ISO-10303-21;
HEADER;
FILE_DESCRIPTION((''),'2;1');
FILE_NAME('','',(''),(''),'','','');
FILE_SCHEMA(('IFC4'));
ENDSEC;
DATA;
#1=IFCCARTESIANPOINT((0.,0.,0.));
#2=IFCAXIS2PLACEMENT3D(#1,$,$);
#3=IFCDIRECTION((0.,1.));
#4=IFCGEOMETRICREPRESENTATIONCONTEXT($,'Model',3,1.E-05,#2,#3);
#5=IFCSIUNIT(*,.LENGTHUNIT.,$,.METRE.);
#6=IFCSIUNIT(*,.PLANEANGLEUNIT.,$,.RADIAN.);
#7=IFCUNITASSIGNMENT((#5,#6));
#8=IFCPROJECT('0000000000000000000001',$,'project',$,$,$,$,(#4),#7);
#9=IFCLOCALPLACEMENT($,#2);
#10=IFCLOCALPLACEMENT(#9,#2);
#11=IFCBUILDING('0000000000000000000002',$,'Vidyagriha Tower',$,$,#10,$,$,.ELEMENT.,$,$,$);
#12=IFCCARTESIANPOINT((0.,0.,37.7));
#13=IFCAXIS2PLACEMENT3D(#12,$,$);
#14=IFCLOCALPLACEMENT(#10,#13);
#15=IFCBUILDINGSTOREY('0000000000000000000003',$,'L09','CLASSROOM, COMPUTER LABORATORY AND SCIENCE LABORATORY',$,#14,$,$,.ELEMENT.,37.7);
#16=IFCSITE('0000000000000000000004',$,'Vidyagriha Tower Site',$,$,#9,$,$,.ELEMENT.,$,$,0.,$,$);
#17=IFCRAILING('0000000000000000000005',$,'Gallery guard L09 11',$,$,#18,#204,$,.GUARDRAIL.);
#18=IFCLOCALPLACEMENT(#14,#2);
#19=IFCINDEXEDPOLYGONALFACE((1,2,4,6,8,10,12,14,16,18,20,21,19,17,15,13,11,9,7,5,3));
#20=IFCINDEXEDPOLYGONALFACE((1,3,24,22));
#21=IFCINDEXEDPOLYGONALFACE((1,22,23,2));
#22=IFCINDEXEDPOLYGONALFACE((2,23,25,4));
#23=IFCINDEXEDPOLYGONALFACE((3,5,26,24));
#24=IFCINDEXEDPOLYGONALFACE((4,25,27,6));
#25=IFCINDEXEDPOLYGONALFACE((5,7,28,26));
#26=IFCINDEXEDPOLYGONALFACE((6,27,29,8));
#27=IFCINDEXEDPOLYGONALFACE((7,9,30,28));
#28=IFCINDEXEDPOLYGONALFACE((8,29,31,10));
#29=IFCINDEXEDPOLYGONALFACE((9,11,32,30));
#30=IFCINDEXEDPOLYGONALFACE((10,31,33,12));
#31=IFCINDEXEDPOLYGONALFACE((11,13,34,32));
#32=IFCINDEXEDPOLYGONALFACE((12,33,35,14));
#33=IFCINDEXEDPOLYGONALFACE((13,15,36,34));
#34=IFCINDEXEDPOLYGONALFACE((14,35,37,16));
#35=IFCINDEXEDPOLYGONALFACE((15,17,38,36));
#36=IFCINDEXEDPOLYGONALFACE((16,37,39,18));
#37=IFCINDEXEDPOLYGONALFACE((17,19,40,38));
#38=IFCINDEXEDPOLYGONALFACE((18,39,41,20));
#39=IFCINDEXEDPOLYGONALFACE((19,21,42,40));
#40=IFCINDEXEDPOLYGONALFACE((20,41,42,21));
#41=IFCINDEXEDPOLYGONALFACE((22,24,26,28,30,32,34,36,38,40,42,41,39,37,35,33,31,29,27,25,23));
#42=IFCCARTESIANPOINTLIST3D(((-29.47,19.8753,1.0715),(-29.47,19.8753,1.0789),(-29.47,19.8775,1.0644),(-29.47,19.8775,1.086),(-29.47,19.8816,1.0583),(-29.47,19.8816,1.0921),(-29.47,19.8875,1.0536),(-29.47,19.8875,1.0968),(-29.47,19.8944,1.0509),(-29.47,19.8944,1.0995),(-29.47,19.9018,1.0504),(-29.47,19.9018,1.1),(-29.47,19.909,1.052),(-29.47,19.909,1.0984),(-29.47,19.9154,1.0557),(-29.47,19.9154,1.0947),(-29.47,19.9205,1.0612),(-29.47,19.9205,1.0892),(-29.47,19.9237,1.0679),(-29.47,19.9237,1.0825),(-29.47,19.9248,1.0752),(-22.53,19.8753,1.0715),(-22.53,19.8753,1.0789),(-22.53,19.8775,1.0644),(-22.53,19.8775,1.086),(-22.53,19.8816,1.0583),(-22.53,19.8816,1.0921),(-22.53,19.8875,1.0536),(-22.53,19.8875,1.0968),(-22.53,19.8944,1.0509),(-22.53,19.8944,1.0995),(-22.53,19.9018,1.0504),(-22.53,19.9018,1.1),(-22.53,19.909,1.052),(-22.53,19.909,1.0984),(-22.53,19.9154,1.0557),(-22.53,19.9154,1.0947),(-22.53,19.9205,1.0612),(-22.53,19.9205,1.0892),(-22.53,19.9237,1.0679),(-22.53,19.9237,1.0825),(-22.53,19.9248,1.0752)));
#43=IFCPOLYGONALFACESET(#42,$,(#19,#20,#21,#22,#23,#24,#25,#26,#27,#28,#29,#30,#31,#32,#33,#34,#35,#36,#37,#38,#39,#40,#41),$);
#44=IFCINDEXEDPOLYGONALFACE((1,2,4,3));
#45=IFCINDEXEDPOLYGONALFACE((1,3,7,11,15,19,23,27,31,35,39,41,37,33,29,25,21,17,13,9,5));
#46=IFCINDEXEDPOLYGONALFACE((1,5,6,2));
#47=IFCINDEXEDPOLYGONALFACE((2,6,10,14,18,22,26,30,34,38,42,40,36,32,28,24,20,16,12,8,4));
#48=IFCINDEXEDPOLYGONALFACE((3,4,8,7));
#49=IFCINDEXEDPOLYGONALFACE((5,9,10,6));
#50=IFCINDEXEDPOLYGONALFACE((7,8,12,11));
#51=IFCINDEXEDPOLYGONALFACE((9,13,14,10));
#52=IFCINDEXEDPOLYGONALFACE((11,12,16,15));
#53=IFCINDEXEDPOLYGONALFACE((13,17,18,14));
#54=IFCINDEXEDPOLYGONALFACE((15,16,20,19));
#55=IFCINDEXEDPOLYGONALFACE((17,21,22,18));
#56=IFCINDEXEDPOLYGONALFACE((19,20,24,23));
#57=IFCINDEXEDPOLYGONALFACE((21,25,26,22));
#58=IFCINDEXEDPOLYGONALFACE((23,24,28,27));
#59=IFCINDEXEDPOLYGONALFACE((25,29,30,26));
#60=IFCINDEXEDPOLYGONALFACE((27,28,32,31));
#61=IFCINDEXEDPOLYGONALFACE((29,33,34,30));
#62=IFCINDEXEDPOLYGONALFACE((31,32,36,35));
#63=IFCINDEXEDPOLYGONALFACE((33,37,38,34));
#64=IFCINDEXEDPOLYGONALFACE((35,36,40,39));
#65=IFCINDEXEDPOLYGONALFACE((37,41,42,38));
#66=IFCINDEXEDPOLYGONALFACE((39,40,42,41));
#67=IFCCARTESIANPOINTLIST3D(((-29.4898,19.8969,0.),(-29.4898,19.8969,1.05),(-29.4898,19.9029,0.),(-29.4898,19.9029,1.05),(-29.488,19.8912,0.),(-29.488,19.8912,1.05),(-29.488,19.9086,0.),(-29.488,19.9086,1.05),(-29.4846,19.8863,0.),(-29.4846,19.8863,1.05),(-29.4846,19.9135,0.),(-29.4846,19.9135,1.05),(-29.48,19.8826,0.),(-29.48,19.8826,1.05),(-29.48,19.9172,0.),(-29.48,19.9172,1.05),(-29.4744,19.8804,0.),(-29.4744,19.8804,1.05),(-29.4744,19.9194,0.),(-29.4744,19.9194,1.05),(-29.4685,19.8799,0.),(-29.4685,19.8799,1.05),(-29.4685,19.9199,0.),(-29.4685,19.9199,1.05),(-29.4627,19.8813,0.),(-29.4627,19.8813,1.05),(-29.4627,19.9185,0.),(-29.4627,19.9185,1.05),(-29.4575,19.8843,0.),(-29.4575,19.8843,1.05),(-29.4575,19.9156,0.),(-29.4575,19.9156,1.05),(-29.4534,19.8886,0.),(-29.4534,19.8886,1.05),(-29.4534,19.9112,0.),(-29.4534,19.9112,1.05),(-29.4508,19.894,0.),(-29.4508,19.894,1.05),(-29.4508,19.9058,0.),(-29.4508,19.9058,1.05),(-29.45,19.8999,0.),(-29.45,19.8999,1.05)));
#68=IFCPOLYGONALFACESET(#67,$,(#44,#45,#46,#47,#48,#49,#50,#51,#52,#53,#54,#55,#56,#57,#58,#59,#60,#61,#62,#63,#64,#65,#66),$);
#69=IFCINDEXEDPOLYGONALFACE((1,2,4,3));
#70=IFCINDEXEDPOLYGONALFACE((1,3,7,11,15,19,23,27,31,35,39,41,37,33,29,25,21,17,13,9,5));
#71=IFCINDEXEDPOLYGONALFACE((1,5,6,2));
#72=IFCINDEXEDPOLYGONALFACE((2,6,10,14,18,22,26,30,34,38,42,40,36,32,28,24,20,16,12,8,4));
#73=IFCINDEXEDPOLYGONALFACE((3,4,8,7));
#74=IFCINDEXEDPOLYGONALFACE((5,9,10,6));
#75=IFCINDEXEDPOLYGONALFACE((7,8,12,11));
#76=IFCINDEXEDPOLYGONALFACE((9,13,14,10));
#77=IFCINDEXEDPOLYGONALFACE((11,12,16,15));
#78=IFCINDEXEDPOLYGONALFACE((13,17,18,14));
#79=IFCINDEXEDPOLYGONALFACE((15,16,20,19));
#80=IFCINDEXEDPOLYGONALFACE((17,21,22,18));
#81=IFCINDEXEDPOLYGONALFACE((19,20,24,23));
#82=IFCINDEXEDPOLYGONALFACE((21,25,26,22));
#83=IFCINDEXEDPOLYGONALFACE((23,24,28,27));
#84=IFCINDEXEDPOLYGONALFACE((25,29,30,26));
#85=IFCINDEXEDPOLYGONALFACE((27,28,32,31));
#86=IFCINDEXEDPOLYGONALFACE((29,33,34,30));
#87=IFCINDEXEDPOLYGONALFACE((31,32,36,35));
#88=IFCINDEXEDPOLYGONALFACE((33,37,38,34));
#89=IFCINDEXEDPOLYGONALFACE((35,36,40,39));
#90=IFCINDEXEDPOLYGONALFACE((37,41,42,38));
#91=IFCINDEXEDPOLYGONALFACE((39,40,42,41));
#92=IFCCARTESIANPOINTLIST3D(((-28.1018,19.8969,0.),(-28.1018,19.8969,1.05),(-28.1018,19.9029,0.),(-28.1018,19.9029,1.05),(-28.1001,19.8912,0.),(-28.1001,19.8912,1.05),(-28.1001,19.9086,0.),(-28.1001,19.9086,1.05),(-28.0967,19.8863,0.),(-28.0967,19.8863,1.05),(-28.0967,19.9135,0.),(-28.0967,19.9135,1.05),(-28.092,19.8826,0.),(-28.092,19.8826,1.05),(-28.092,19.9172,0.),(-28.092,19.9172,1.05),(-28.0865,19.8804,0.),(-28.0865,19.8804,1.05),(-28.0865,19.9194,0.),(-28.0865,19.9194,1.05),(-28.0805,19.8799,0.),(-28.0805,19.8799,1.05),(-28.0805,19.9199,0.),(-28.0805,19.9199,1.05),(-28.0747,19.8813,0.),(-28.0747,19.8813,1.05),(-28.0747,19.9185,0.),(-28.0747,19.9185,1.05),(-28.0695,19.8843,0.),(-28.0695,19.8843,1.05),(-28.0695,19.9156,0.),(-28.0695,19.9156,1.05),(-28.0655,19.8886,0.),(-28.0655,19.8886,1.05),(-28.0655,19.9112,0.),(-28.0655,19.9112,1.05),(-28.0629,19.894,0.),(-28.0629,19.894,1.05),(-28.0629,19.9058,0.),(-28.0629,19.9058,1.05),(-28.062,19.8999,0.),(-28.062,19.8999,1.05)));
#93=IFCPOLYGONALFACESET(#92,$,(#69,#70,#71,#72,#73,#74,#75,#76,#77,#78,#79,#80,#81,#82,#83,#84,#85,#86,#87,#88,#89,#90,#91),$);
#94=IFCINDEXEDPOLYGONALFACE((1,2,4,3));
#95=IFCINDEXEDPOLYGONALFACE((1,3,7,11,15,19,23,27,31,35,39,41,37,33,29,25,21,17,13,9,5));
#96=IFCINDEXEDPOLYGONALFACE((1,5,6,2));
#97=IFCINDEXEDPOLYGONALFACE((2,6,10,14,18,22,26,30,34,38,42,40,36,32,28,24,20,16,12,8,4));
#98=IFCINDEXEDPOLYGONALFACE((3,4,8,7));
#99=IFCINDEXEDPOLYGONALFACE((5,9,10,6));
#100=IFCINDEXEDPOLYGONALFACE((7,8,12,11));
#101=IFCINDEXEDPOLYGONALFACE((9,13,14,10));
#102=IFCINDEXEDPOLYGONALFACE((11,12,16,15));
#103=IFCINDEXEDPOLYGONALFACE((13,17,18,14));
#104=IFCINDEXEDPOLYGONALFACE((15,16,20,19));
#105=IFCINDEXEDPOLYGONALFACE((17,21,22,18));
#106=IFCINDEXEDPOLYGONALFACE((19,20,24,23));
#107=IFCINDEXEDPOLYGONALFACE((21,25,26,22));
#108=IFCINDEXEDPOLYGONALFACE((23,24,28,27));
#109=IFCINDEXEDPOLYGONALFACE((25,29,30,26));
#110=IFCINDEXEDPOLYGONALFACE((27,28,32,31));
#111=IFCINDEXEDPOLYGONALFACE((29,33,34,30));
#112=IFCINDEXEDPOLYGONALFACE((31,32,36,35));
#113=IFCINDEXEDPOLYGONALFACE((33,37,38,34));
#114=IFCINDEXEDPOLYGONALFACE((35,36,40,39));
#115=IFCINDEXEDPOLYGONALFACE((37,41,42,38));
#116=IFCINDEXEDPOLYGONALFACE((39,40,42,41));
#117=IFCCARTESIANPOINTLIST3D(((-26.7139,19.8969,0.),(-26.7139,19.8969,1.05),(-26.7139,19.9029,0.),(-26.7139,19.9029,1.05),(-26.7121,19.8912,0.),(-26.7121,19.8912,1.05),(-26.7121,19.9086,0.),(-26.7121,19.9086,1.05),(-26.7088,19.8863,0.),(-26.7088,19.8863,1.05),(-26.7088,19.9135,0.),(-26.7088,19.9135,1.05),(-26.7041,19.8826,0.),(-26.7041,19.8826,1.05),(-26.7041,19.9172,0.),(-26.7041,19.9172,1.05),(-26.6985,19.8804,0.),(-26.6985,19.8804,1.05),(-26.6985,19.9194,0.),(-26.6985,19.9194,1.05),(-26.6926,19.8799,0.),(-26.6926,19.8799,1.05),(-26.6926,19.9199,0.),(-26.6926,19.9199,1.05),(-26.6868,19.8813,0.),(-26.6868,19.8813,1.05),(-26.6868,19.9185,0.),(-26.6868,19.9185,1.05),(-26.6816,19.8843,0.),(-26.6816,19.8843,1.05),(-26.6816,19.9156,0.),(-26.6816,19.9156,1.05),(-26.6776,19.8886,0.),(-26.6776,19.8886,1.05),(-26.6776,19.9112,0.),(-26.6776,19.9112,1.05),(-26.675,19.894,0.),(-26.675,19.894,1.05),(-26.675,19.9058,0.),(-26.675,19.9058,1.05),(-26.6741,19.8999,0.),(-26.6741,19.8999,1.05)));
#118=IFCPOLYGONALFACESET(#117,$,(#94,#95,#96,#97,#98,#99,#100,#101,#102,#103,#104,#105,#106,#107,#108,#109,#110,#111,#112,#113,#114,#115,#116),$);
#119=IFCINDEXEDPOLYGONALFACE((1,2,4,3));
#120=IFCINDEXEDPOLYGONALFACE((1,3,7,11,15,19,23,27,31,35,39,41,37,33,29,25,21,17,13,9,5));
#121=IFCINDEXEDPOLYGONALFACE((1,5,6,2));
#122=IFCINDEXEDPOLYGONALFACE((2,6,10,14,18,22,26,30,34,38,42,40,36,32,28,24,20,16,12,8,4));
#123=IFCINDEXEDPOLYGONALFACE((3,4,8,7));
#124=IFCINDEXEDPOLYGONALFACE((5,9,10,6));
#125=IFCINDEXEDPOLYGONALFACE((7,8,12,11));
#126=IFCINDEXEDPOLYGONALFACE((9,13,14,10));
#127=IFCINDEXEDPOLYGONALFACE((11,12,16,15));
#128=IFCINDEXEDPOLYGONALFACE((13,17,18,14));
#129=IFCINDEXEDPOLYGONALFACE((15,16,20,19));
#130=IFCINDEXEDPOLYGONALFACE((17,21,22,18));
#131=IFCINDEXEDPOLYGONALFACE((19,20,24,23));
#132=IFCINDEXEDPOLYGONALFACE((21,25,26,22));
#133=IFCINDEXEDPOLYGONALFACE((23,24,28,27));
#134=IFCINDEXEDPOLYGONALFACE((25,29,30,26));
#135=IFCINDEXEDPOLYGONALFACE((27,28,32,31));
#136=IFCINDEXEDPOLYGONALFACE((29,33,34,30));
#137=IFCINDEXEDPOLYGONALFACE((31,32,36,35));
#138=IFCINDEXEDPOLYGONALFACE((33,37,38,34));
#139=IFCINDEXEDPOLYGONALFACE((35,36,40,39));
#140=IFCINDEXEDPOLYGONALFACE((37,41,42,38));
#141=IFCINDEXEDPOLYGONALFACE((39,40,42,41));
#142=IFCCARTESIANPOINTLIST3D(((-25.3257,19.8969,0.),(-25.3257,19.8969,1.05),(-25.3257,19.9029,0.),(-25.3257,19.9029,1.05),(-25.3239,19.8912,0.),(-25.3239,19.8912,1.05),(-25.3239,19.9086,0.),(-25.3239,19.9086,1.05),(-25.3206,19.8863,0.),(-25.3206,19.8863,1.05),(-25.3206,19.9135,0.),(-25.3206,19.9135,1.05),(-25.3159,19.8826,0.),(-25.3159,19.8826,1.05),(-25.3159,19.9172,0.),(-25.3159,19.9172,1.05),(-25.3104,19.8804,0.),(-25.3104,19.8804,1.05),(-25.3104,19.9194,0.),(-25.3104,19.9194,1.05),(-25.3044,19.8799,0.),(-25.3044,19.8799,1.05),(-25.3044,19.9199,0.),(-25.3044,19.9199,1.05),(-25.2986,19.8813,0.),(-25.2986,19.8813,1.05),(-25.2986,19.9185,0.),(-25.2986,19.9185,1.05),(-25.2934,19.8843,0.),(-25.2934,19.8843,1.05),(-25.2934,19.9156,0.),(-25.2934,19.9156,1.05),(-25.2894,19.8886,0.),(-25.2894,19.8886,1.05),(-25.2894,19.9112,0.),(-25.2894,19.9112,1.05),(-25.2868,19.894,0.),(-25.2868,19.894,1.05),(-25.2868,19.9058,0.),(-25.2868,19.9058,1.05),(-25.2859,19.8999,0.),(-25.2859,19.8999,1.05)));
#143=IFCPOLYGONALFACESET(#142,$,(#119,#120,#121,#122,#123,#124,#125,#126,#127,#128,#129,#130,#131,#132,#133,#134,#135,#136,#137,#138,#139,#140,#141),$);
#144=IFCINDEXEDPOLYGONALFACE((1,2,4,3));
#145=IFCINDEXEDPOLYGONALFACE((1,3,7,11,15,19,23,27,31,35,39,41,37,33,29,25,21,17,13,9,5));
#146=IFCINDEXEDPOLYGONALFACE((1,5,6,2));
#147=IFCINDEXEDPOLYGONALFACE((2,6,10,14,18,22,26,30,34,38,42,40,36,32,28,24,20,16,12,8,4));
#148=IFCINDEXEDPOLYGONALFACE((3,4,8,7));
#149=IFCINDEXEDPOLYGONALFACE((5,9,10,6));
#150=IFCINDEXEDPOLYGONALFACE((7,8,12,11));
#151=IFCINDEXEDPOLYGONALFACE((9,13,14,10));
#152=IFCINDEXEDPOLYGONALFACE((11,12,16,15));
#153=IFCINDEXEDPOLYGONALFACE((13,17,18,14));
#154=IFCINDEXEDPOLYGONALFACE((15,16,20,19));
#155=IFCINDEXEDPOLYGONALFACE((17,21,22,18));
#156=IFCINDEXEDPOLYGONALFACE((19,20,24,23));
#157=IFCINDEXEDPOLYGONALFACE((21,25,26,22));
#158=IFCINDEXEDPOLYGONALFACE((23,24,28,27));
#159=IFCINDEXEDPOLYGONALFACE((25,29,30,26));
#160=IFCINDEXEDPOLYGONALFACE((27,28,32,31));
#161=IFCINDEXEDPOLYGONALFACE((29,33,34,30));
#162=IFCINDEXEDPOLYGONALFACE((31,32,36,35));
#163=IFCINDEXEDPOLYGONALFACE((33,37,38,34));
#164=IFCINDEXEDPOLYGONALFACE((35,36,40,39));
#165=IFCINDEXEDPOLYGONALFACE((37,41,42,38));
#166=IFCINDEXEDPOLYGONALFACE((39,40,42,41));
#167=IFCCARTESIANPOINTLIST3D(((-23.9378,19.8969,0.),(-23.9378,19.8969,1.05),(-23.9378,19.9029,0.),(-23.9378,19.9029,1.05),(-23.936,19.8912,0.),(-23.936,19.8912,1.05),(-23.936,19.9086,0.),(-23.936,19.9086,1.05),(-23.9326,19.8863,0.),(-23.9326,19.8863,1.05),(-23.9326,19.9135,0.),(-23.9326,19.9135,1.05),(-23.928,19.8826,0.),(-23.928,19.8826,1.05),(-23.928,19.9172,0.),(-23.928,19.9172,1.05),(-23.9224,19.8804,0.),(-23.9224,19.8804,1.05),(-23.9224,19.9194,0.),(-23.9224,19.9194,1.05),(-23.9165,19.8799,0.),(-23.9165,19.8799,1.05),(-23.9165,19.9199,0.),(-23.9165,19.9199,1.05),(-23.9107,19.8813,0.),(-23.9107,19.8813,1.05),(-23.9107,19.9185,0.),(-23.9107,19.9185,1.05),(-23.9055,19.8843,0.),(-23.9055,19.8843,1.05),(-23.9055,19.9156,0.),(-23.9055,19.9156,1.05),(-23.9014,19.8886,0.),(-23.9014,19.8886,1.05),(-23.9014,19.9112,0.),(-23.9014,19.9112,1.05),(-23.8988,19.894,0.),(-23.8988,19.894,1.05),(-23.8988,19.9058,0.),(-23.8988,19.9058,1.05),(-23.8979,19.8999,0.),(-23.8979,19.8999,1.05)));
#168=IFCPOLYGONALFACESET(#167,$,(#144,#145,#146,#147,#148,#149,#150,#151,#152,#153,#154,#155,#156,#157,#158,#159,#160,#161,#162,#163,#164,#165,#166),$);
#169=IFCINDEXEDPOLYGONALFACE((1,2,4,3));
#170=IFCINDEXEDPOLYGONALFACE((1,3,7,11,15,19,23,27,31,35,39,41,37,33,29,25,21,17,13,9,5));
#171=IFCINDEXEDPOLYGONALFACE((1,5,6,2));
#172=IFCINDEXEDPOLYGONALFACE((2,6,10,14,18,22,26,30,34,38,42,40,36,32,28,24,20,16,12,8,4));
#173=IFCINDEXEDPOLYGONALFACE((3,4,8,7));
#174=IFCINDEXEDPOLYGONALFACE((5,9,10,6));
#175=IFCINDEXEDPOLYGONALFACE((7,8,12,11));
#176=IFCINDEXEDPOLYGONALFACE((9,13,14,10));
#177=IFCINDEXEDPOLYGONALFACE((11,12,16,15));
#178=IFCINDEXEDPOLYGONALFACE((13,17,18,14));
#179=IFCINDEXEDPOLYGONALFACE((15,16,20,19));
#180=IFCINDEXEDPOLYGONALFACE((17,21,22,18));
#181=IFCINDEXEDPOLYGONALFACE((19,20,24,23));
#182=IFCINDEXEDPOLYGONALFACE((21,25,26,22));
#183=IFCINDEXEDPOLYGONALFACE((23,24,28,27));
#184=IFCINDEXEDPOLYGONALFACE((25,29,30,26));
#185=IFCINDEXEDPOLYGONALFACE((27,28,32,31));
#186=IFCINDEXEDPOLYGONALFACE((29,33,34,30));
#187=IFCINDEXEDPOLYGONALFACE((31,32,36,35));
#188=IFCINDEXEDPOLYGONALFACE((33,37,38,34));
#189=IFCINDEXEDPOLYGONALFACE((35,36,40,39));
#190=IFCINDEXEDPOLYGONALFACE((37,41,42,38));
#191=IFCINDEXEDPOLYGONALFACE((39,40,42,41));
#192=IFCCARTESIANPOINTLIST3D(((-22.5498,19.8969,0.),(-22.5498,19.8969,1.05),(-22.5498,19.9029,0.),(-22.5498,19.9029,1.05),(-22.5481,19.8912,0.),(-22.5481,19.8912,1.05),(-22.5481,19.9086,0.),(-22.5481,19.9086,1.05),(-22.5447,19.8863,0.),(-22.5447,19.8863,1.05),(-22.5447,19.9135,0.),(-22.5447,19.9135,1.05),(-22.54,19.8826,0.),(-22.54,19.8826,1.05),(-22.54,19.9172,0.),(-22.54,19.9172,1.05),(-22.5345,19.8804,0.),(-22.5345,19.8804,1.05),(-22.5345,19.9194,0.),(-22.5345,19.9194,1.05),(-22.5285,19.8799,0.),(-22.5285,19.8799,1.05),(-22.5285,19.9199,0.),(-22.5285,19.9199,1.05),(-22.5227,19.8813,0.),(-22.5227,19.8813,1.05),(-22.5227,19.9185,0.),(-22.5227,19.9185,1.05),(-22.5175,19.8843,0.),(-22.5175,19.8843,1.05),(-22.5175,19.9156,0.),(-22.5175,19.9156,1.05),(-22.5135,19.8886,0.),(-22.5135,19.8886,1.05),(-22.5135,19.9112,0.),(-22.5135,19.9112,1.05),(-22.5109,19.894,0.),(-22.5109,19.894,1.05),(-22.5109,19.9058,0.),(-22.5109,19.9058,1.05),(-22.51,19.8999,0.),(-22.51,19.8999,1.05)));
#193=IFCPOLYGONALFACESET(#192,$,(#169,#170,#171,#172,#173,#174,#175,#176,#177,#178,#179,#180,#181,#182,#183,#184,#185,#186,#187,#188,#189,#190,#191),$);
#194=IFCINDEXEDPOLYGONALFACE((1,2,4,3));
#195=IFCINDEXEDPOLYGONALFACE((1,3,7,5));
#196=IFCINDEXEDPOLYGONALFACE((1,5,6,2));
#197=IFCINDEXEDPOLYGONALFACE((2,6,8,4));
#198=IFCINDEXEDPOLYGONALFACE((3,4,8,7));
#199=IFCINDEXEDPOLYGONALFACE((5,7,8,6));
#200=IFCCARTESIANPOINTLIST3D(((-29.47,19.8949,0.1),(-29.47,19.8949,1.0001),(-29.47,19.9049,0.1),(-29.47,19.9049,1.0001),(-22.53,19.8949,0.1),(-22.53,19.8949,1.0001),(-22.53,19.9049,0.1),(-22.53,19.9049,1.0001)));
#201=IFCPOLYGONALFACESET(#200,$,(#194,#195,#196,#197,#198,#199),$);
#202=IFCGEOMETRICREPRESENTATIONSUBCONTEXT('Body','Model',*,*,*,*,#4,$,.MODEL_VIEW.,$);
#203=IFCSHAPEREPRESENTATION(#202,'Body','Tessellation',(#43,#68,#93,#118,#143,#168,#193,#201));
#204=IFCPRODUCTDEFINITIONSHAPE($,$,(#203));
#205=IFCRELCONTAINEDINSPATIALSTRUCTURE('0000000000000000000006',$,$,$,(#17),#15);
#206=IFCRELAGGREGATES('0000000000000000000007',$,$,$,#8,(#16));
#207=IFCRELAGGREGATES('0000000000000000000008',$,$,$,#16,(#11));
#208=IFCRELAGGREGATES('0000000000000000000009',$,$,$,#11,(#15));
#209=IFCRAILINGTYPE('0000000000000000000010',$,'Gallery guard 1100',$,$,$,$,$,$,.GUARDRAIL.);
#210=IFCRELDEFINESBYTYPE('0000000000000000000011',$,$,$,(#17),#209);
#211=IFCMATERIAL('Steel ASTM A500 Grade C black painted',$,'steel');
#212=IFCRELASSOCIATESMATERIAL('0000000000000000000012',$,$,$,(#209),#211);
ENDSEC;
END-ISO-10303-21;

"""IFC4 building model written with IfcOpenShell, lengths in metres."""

from ifc_helpers import new_model, si_unit, direction, frame, origin, origin_2d, place, context, subcontext, project, spatial, rectangle, circle, extrude, material, type_object, element, save


model = new_model("IFC4")

# Units and contexts
model_context = context("Model", 3, precision=1e-05, world=origin(), true_north=direction((0.0, 1.0)))
body_context = subcontext(model_context, "Body", "Model", "MODEL_VIEW")
ifc_project = project(units=[si_unit("LENGTHUNIT", "METRE"), si_unit("PLANEANGLEUNIT", "RADIAN")], contexts=[model_context])

# Site, building, storey
site_placement = place(None, origin())
site = spatial("IfcSite", under=ifc_project, at=site_placement, Name="Vidyagriha Tower Site", CompositionType="ELEMENT", RefElevation=0.0)
building_placement = place(site_placement, origin())
building = spatial("IfcBuilding", under=site, at=building_placement, Name="Vidyagriha Tower", CompositionType="ELEMENT")
storey_placement = place(building_placement, frame((0.0, 0.0, 37.7)))
storey = spatial("IfcBuildingStorey", under=building, at=storey_placement, Name="L09", Description="CLASSROOM, COMPUTER LABORATORY AND SCIENCE LABORATORY", CompositionType="ELEMENT", Elevation=37.7)

# Railing
ifc_material_1 = material(Name="Steel ASTM A500 Grade C black painted", Category="steel")
railing_type = type_object("IfcRailingType", Name="Gallery guard 1100", PredefinedType="GUARDRAIL", material=ifc_material_1)
railing_1_placement = place(storey_placement, frame((-29.47, 19.8999, 0.0)))
element("IfcRailing", 1, at=railing_1_placement, inside=storey, type_object=railing_type, Name="Gallery guard L09 11", PredefinedType="GUARDRAIL", context=body_context, shape_type="SweptSolid", body=[
    extrude(circle(Radius=0.0249, at=origin_2d()), frame((0.0, 0.0, 1.0752), z_axis=(1.0, 0.0, 0.0), x_axis=(0.0, 1.0, 0.0)), (0.0, 0.0, 1.0), 6.9399),
    extrude(circle(Radius=0.02, at=origin_2d()), origin(), (0.0, 0.0, 1.0), 1.05),
    extrude(circle(Radius=0.02, at=origin_2d()), frame((1.3879, 0.0, 0.0)), (0.0, 0.0, 1.0), 1.05),
    extrude(circle(Radius=0.02, at=origin_2d()), frame((2.7759, 0.0, 0.0)), (0.0, 0.0, 1.0), 1.05),
    extrude(circle(Radius=0.02, at=origin_2d()), frame((4.1641, 0.0, 0.0)), (0.0, 0.0, 1.0), 1.05),
    extrude(circle(Radius=0.02, at=origin_2d()), frame((5.552, 0.0, 0.0)), (0.0, 0.0, 1.0), 1.05),
    extrude(circle(Radius=0.02, at=origin_2d()), frame((6.9399, 0.0, 0.0)), (0.0, 0.0, 1.0), 1.05),
    extrude(rectangle(XDim=0.01, YDim=0.9001, at=origin_2d()), frame((0.0, 0.0, 0.55), z_axis=(1.0, 0.0, 0.0), x_axis=(0.0, 1.0, 0.0)), (0.0, 0.0, 1.0), 6.9399),
])

save(model, "model.ifc")
